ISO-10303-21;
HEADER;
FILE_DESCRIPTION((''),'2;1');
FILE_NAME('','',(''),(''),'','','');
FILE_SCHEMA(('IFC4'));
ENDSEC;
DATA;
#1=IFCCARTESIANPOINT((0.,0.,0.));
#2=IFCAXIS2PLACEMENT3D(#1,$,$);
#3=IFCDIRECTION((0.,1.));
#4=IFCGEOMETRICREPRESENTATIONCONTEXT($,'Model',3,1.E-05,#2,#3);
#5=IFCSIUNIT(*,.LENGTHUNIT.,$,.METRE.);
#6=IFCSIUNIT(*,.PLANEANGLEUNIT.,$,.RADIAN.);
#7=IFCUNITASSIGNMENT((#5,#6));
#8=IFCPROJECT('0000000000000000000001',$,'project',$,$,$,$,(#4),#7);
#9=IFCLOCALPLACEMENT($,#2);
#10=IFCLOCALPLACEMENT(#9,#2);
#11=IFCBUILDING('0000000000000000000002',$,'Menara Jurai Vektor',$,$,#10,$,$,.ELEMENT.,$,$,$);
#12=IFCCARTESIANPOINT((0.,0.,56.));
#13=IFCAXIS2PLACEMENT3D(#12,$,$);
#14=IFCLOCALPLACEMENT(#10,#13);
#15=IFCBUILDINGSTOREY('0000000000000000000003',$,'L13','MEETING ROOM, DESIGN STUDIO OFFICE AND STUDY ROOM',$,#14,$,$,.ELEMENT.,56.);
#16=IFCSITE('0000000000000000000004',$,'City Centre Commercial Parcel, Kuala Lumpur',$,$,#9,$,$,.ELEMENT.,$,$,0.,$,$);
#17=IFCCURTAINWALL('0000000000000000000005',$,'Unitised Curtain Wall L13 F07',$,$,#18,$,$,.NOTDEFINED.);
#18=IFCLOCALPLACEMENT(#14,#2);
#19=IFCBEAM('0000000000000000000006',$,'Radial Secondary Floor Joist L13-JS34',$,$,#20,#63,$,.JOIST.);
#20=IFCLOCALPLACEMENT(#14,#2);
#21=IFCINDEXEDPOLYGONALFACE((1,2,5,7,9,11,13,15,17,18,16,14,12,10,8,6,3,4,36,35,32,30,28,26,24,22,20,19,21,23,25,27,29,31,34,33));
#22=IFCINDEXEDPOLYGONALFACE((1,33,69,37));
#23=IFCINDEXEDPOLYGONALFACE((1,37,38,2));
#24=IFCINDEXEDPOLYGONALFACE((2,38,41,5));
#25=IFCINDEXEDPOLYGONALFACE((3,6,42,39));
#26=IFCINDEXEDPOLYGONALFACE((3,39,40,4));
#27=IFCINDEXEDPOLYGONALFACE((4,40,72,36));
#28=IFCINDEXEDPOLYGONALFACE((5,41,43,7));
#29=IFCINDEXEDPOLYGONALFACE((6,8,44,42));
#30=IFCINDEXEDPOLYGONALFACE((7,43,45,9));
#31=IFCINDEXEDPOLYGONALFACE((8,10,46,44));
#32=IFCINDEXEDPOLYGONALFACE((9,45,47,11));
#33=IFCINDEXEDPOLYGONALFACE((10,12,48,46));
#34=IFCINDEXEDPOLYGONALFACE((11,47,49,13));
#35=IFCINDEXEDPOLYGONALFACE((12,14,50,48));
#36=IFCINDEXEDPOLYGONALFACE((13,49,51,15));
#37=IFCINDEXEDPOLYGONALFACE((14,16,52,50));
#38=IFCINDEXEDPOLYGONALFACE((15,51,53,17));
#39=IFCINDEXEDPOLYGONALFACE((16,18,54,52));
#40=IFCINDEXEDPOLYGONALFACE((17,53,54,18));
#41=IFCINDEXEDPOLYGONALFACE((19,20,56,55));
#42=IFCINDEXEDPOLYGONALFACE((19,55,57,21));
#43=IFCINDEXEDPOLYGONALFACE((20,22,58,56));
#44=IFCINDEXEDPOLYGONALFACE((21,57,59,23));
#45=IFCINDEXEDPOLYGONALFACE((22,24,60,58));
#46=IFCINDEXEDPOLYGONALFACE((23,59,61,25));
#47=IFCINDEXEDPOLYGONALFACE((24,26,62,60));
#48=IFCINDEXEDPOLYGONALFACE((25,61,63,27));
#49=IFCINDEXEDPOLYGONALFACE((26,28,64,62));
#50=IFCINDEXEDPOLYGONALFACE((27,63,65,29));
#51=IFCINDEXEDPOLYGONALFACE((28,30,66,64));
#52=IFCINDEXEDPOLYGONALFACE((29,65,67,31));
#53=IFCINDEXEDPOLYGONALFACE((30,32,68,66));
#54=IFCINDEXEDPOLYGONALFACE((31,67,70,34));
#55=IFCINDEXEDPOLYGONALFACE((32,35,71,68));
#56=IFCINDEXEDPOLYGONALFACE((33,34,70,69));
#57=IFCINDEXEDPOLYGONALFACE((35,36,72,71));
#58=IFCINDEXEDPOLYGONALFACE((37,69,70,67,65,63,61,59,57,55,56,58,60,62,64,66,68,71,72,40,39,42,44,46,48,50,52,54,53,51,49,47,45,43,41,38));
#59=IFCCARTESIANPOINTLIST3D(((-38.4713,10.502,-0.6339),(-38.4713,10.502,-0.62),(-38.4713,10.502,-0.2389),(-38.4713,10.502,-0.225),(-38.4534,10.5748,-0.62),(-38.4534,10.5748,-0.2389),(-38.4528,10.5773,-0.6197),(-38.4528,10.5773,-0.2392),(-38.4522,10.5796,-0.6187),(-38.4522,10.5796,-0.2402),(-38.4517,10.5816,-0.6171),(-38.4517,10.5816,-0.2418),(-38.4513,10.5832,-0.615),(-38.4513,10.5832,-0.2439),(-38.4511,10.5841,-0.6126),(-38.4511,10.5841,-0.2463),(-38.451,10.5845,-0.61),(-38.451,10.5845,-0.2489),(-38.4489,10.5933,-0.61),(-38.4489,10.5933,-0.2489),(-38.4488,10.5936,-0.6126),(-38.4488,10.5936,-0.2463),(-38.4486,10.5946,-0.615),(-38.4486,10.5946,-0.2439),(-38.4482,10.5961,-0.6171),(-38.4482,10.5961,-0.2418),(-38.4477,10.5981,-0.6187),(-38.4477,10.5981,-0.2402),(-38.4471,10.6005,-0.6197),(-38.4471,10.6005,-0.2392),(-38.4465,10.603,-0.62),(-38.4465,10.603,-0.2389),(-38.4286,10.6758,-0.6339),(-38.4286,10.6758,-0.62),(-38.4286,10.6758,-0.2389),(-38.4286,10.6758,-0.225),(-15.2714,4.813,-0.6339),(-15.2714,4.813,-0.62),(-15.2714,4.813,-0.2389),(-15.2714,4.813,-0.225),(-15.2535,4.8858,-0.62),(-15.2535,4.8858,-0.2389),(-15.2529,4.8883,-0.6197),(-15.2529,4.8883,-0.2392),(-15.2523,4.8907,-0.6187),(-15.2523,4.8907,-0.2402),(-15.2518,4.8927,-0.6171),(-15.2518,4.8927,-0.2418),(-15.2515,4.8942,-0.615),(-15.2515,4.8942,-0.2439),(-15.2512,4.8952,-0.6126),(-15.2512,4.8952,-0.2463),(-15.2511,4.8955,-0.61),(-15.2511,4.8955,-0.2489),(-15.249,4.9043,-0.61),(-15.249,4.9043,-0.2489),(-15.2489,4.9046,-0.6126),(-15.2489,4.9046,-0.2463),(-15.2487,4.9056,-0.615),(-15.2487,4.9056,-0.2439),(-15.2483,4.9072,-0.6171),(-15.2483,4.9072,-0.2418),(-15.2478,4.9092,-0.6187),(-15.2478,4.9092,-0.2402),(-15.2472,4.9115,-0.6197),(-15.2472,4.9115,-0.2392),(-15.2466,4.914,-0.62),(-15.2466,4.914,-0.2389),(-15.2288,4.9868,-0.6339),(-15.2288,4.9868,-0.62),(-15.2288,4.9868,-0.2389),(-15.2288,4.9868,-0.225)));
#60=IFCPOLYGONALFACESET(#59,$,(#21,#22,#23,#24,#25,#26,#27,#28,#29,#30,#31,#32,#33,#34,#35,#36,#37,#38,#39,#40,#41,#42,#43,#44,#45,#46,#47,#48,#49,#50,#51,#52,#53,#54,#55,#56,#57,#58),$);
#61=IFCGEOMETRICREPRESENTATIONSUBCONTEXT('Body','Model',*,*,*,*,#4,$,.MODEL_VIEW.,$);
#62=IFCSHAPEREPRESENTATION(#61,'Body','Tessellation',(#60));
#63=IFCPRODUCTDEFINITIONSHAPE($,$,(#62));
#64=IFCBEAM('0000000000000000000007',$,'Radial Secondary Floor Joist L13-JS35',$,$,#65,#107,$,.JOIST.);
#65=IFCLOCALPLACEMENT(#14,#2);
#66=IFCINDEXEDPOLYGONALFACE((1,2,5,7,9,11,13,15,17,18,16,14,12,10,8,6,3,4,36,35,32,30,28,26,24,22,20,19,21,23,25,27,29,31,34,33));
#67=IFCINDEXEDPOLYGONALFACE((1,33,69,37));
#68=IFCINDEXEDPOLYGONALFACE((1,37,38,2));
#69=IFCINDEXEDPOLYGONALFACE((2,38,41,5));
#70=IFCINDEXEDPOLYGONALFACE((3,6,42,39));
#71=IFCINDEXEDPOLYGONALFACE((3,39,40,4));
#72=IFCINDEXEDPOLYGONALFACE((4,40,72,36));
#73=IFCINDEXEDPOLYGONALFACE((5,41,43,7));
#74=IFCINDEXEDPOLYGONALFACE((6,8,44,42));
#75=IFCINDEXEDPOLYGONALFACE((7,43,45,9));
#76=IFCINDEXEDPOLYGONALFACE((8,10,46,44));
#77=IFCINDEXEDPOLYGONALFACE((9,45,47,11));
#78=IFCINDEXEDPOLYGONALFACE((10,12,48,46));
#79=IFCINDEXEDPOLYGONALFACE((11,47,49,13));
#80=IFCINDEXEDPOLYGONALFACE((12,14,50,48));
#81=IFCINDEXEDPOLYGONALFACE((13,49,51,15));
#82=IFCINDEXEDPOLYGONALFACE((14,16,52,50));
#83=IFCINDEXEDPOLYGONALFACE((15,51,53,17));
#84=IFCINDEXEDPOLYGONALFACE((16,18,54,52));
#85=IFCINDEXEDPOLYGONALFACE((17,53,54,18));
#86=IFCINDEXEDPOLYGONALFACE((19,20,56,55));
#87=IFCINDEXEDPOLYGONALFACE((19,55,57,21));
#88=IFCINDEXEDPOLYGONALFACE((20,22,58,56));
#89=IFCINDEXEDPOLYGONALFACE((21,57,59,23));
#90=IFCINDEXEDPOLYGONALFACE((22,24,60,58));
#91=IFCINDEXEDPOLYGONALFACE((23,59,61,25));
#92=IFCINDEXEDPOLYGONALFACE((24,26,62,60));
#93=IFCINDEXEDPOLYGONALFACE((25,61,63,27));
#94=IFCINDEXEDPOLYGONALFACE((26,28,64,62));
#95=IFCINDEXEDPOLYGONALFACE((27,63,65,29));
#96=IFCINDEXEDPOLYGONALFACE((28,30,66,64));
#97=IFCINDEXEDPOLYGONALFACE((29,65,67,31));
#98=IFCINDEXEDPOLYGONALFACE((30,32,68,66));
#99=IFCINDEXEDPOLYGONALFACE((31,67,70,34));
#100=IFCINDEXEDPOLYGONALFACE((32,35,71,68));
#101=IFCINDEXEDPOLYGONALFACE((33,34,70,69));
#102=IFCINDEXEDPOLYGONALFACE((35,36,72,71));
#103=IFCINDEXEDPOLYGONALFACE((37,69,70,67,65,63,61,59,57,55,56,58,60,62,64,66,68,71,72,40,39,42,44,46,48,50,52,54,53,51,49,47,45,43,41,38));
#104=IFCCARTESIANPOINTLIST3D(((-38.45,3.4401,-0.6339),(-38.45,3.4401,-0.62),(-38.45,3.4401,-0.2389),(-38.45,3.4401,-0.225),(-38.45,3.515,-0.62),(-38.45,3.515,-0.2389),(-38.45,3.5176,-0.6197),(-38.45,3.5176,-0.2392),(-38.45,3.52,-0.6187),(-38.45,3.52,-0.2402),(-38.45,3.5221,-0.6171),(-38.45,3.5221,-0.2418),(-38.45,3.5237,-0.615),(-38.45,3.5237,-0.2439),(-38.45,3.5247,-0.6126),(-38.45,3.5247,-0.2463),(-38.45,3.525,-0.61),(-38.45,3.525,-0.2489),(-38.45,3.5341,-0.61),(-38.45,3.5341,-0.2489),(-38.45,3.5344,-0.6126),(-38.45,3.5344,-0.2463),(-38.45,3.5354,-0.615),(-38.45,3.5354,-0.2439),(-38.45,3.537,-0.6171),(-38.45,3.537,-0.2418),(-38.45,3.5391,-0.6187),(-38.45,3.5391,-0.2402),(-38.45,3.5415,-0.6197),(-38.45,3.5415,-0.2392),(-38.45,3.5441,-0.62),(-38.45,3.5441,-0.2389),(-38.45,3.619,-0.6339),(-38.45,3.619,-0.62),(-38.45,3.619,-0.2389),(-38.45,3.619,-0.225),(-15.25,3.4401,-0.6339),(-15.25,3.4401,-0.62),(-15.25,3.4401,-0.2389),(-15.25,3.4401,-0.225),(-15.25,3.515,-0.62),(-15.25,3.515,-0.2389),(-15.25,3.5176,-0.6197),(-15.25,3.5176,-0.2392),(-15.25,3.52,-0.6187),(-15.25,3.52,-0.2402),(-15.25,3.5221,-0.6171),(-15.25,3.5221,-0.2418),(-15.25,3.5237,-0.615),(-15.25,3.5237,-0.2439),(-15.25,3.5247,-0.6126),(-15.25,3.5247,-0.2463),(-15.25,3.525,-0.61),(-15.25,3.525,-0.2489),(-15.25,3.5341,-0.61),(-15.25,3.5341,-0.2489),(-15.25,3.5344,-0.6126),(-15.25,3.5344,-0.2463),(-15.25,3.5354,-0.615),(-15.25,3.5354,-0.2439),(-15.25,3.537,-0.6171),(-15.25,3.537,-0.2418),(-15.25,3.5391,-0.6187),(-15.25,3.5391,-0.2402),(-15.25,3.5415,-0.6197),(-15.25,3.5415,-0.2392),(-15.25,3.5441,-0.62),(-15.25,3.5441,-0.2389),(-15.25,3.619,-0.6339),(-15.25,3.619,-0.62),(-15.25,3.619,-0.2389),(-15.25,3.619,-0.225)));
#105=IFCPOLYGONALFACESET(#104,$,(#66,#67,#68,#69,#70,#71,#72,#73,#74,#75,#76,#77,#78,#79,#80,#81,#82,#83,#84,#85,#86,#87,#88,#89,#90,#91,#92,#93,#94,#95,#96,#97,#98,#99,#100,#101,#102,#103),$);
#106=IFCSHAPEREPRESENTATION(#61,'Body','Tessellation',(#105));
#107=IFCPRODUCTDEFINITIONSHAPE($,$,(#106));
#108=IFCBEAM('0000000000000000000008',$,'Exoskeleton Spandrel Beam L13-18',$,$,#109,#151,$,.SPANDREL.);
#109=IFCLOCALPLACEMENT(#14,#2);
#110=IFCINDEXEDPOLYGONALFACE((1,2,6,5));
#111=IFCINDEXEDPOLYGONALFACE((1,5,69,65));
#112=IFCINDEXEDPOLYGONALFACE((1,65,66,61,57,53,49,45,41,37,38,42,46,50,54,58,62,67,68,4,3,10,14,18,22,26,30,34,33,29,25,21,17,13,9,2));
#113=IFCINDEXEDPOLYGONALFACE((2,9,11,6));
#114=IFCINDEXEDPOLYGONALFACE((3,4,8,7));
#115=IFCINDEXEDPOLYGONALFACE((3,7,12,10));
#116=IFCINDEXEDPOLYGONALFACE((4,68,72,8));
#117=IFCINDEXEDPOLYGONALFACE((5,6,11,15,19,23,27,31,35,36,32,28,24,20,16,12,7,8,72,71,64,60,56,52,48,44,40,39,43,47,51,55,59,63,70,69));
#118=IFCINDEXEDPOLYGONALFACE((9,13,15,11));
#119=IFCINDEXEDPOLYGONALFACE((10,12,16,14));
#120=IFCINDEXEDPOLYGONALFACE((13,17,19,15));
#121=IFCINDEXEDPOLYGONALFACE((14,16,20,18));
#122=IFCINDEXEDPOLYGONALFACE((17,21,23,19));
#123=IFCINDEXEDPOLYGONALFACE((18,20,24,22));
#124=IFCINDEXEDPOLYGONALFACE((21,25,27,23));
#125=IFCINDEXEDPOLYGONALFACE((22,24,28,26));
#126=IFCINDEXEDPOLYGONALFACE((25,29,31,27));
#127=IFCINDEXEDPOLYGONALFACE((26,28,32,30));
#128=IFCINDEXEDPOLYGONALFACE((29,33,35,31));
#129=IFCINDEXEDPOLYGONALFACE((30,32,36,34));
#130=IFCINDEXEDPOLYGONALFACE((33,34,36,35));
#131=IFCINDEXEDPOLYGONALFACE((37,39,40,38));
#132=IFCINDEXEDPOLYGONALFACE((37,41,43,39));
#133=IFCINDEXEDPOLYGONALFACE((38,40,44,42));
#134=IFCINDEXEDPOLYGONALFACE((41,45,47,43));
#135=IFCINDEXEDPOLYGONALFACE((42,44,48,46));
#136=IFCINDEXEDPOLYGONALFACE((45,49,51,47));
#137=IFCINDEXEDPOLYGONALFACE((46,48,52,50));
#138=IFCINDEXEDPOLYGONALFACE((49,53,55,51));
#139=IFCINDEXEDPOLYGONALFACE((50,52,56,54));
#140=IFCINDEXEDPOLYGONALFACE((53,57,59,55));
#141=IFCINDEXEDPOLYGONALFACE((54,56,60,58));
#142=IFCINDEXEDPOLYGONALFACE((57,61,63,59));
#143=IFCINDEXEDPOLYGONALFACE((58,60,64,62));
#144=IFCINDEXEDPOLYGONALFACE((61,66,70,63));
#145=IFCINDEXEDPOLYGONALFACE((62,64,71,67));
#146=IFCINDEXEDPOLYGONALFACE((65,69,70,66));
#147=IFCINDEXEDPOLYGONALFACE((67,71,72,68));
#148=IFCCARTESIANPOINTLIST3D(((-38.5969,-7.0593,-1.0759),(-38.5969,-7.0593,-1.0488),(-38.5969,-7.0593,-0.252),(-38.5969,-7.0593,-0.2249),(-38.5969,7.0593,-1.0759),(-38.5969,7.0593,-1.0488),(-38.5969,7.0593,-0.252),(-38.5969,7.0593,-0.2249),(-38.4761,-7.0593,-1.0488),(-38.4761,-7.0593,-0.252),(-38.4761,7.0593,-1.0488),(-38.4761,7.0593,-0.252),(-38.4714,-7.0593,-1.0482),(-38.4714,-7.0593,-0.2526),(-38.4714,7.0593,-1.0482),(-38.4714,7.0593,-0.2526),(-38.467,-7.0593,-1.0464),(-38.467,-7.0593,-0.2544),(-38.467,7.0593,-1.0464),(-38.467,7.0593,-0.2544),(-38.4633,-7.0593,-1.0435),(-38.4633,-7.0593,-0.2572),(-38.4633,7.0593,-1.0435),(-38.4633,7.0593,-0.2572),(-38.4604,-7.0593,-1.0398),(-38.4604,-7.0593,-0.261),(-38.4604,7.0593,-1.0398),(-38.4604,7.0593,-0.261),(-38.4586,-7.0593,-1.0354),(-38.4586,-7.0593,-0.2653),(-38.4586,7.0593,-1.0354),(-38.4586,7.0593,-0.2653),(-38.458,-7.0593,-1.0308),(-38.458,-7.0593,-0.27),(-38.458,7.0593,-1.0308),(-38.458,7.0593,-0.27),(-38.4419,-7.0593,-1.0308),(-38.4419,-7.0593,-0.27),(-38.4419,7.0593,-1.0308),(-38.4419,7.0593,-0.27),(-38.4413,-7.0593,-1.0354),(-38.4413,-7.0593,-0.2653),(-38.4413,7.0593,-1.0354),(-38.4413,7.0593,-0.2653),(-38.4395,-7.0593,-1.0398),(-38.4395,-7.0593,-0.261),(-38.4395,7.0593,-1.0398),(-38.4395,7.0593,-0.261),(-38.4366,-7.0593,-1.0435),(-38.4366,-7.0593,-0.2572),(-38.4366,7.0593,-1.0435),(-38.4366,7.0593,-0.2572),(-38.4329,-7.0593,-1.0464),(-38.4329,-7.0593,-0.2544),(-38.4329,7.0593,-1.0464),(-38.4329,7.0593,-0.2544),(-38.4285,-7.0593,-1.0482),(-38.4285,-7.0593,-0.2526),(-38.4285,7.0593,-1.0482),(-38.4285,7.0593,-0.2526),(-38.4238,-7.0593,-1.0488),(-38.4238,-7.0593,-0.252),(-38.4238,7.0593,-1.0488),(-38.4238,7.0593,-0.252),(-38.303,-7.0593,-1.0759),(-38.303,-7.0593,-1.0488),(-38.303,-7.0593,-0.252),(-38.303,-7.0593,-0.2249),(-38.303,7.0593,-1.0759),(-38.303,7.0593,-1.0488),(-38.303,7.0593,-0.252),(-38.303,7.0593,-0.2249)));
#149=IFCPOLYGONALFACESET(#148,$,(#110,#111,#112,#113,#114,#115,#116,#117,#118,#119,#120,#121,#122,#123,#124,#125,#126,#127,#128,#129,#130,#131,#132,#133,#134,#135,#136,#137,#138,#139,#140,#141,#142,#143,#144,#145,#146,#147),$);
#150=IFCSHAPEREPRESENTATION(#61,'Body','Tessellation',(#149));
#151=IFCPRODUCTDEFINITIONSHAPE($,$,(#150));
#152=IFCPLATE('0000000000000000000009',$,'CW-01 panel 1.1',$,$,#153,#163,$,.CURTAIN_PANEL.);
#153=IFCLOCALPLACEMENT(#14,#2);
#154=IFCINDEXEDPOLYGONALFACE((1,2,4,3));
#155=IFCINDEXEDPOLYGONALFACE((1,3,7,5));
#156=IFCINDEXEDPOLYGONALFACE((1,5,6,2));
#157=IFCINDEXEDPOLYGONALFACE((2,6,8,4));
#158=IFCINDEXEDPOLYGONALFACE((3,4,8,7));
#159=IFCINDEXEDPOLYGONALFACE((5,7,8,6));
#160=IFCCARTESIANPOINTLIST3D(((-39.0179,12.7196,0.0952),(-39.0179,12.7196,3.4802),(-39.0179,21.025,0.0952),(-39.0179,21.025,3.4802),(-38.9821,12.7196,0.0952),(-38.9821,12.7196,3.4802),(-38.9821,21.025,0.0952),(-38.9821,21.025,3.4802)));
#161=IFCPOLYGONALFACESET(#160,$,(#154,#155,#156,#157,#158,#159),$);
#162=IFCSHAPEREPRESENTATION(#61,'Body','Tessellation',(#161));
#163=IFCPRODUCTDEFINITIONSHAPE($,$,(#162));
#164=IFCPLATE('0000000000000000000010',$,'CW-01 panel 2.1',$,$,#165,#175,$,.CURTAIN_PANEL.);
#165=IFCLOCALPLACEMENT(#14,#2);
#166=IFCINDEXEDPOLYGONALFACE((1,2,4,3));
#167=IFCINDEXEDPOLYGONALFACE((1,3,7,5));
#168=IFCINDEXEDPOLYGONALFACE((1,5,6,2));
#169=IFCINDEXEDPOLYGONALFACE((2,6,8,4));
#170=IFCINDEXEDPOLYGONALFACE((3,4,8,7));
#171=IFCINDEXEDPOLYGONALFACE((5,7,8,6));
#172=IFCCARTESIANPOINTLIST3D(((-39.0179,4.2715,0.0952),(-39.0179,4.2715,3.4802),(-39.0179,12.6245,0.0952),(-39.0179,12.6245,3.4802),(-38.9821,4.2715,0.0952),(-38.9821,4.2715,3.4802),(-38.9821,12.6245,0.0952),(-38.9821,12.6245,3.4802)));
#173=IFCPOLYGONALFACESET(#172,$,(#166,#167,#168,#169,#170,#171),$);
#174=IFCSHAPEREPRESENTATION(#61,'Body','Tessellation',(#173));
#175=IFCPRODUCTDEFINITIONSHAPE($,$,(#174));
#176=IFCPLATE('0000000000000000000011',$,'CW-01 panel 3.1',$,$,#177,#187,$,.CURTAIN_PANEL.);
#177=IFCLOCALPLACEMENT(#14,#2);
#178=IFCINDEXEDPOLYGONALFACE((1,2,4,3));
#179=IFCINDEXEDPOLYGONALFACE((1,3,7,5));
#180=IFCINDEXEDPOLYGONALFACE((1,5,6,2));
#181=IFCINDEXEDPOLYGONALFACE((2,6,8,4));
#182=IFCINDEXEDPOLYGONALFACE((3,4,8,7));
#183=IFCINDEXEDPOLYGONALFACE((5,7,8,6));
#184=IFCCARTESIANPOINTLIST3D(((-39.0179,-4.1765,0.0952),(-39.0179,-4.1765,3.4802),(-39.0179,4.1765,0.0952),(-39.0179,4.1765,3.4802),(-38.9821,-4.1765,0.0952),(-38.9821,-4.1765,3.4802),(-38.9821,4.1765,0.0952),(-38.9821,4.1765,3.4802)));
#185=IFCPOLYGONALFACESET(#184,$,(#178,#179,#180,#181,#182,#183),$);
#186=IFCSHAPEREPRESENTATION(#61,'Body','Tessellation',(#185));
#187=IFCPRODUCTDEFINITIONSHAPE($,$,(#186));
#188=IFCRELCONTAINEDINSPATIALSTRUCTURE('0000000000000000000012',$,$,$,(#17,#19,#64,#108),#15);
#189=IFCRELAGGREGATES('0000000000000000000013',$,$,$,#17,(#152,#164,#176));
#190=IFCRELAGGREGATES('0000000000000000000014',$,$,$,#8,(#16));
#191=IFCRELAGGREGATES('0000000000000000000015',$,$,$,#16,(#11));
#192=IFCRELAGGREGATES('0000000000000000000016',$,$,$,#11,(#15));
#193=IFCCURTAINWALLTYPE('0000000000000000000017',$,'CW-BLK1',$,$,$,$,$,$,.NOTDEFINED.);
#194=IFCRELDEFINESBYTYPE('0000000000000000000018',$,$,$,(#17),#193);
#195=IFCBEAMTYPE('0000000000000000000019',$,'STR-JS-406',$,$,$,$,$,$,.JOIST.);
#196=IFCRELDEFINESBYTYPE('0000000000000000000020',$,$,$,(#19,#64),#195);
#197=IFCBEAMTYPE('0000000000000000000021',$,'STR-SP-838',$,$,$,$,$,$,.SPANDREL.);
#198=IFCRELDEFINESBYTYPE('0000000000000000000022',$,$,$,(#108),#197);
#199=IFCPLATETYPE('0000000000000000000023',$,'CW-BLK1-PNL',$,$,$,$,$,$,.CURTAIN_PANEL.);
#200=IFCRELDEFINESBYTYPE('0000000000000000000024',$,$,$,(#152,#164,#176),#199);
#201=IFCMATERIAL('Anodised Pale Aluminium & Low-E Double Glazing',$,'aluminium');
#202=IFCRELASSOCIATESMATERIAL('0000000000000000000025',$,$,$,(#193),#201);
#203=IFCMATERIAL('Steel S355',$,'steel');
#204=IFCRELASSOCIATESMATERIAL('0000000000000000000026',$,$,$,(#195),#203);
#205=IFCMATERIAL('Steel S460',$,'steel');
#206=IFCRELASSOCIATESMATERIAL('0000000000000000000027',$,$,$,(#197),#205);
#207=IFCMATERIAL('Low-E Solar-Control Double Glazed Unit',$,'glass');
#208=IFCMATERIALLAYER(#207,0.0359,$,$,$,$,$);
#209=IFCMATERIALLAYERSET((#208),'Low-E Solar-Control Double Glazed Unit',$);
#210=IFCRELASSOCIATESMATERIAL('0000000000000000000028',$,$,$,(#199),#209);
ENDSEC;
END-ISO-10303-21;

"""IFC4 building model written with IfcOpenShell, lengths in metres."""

from ifc_helpers import new_model, si_unit, direction, frame, origin, origin_2d, place, context, subcontext, project, spatial, rectangle, i_section, extrude, material, layer, layer_set, material_profile, profile_set, type_object, element, aggregate, save


model = new_model("IFC4")

# Units and contexts
model_context = context("Model", 3, precision=1e-05, world=origin(), true_north=direction((0.0, 1.0)))
body_context = subcontext(model_context, "Body", "Model", "MODEL_VIEW")
ifc_project = project(units=[si_unit("LENGTHUNIT", "METRE"), si_unit("PLANEANGLEUNIT", "RADIAN")], contexts=[model_context])

# Site, building, storey
site_placement = place(None, origin())
site = spatial("IfcSite", under=ifc_project, at=site_placement, Name="City Centre Commercial Parcel, Kuala Lumpur", CompositionType="ELEMENT", RefElevation=0.0)
building_placement = place(site_placement, origin())
building = spatial("IfcBuilding", under=site, at=building_placement, Name="Menara Jurai Vektor", CompositionType="ELEMENT")
storey_placement = place(building_placement, frame((0.0, 0.0, 56.0)))
storey = spatial("IfcBuildingStorey", under=building, at=storey_placement, Name="L13", Description="MEETING ROOM, DESIGN STUDIO OFFICE AND STUDY ROOM", CompositionType="ELEMENT", Elevation=56.0)

# Shared definitions
ifc_material_1 = material(Name="Steel S460", Category="steel")

# Curtain wall
ifc_material_2 = material(Name="Anodised Pale Aluminium & Low-E Double Glazing", Category="aluminium")
curtain_wall_type = type_object("IfcCurtainWallType", Name="CW-BLK1", PredefinedType="NOTDEFINED", material=ifc_material_2)
curtain_wall_placement = place(storey_placement, origin())
curtain_wall = element("IfcCurtainWall", 1, at=curtain_wall_placement, inside=storey, type_object=curtain_wall_type, Name="Unitised Curtain Wall L13 F07", PredefinedType="NOTDEFINED")

# Beams
ifc_material_3 = material(Name="Steel S355", Category="steel")
ifc_material_profile_1 = material_profile(ifc_material_3, i_section(OverallWidth=0.179, OverallDepth=0.4089, WebThickness=0.009, FlangeThickness=0.0139, FilletRadius=0.01, at=origin_2d()), Name="UKB 406x178x67")
ifc_profile_set_1 = profile_set([ifc_material_profile_1], Name="Steel S355")
beam_type_1 = type_object("IfcBeamType", Name="STR-JS-406", PredefinedType="JOIST", material=ifc_profile_set_1)
beam_1_placement = place(storey_placement, frame((-38.45, 10.5889, -0.4294), z_axis=(0.971226, -0.238159, 0.0), x_axis=(0.238159, 0.971226, 0.0)))
element("IfcBeam", 2, at=beam_1_placement, inside=storey, type_object=beam_type_1, Name="Radial Secondary Floor Joist L13-JS34", PredefinedType="JOIST", context=body_context, shape_type="SweptSolid", body=[
    extrude(i_section(OverallWidth=0.179, OverallDepth=0.4089, WebThickness=0.009, FlangeThickness=0.0139, FilletRadius=0.01, at=origin_2d()), origin(), (0.0, 0.0, 1.0), 23.8872),
])
beam_2_placement = place(storey_placement, frame((-38.45, 3.5295, -0.4294), z_axis=(1.0, 0.0, 0.0), x_axis=(0.0, 1.0, 0.0)))
element("IfcBeam", 3, at=beam_2_placement, inside=storey, type_object=beam_type_1, Name="Radial Secondary Floor Joist L13-JS35", PredefinedType="JOIST", context=body_context, shape_type="SweptSolid", body=[
    extrude(i_section(OverallWidth=0.179, OverallDepth=0.4089, WebThickness=0.009, FlangeThickness=0.0139, FilletRadius=0.01, at=origin_2d()), origin(), (0.0, 0.0, 1.0), 23.2),
])
ifc_material_profile_2 = material_profile(ifc_material_1, i_section(OverallWidth=0.2939, OverallDepth=0.8511, WebThickness=0.0161, FlangeThickness=0.0271, FilletRadius=0.0181, at=origin_2d()), Name="UKB 838x292x226")
ifc_profile_set_2 = profile_set([ifc_material_profile_2], Name="Steel S460")
beam_type_2 = type_object("IfcBeamType", Name="STR-SP-838", PredefinedType="SPANDREL", material=ifc_profile_set_2)
beam_3_placement = place(storey_placement, frame((-38.45, 7.0593, -0.6504), z_axis=(0.0, -1.0, 0.0), x_axis=(1.0, 0.0, 0.0)))
element("IfcBeam", 4, at=beam_3_placement, inside=storey, type_object=beam_type_2, Name="Exoskeleton Spandrel Beam L13-18", PredefinedType="SPANDREL", context=body_context, shape_type="SweptSolid", body=[
    extrude(i_section(OverallWidth=0.2939, OverallDepth=0.8511, WebThickness=0.0161, FlangeThickness=0.0271, FilletRadius=0.0181, at=origin_2d()), origin(), (0.0, 0.0, 1.0), 14.1187),
])

# Plates
ifc_material_4 = material(Name="Low-E Solar-Control Double Glazed Unit", Category="glass")
ifc_layer_1 = layer(ifc_material_4, 0.0359)
ifc_layer_set_1 = layer_set([ifc_layer_1], Name="Low-E Solar-Control Double Glazed Unit")
plate_type_1 = type_object("IfcPlateType", Name="CW-BLK1-PNL", PredefinedType="CURTAIN_PANEL", material=ifc_layer_set_1)
plate_1_placement = place(storey_placement, frame((-39.0, 16.8723, 0.0952), z_axis=(0.0, 0.0, 1.0), x_axis=(0.0, -1.0, 0.0)))
plate_1 = element("IfcPlate", 5, at=plate_1_placement, type_object=plate_type_1, Name="CW-01 panel 1.1", PredefinedType="CURTAIN_PANEL", context=body_context, shape_type="SweptSolid", body=[
    extrude(rectangle(XDim=8.3054, YDim=0.0359, at=origin_2d()), origin(), (0.0, 0.0, 1.0), 3.385),
])
plate_2_placement = place(storey_placement, frame((-39.0, 8.448, 0.0952), z_axis=(0.0, 0.0, 1.0), x_axis=(0.0, -1.0, 0.0)))
plate_2 = element("IfcPlate", 6, at=plate_2_placement, type_object=plate_type_1, Name="CW-01 panel 2.1", PredefinedType="CURTAIN_PANEL", context=body_context, shape_type="SweptSolid", body=[
    extrude(rectangle(XDim=8.353, YDim=0.0359, at=origin_2d()), origin(), (0.0, 0.0, 1.0), 3.385),
])
plate_3_placement = place(storey_placement, frame((-39.0, 0.0, 0.0952), z_axis=(0.0, 0.0, 1.0), x_axis=(0.0, -1.0, 0.0)))
plate_3 = element("IfcPlate", 7, at=plate_3_placement, type_object=plate_type_1, Name="CW-01 panel 3.1", PredefinedType="CURTAIN_PANEL", context=body_context, shape_type="SweptSolid", body=[
    extrude(rectangle(XDim=8.353, YDim=0.0359, at=origin_2d()), origin(), (0.0, 0.0, 1.0), 3.385),
])
aggregate(curtain_wall, [plate_1, plate_2, plate_3])

save(model, "model.ifc")
